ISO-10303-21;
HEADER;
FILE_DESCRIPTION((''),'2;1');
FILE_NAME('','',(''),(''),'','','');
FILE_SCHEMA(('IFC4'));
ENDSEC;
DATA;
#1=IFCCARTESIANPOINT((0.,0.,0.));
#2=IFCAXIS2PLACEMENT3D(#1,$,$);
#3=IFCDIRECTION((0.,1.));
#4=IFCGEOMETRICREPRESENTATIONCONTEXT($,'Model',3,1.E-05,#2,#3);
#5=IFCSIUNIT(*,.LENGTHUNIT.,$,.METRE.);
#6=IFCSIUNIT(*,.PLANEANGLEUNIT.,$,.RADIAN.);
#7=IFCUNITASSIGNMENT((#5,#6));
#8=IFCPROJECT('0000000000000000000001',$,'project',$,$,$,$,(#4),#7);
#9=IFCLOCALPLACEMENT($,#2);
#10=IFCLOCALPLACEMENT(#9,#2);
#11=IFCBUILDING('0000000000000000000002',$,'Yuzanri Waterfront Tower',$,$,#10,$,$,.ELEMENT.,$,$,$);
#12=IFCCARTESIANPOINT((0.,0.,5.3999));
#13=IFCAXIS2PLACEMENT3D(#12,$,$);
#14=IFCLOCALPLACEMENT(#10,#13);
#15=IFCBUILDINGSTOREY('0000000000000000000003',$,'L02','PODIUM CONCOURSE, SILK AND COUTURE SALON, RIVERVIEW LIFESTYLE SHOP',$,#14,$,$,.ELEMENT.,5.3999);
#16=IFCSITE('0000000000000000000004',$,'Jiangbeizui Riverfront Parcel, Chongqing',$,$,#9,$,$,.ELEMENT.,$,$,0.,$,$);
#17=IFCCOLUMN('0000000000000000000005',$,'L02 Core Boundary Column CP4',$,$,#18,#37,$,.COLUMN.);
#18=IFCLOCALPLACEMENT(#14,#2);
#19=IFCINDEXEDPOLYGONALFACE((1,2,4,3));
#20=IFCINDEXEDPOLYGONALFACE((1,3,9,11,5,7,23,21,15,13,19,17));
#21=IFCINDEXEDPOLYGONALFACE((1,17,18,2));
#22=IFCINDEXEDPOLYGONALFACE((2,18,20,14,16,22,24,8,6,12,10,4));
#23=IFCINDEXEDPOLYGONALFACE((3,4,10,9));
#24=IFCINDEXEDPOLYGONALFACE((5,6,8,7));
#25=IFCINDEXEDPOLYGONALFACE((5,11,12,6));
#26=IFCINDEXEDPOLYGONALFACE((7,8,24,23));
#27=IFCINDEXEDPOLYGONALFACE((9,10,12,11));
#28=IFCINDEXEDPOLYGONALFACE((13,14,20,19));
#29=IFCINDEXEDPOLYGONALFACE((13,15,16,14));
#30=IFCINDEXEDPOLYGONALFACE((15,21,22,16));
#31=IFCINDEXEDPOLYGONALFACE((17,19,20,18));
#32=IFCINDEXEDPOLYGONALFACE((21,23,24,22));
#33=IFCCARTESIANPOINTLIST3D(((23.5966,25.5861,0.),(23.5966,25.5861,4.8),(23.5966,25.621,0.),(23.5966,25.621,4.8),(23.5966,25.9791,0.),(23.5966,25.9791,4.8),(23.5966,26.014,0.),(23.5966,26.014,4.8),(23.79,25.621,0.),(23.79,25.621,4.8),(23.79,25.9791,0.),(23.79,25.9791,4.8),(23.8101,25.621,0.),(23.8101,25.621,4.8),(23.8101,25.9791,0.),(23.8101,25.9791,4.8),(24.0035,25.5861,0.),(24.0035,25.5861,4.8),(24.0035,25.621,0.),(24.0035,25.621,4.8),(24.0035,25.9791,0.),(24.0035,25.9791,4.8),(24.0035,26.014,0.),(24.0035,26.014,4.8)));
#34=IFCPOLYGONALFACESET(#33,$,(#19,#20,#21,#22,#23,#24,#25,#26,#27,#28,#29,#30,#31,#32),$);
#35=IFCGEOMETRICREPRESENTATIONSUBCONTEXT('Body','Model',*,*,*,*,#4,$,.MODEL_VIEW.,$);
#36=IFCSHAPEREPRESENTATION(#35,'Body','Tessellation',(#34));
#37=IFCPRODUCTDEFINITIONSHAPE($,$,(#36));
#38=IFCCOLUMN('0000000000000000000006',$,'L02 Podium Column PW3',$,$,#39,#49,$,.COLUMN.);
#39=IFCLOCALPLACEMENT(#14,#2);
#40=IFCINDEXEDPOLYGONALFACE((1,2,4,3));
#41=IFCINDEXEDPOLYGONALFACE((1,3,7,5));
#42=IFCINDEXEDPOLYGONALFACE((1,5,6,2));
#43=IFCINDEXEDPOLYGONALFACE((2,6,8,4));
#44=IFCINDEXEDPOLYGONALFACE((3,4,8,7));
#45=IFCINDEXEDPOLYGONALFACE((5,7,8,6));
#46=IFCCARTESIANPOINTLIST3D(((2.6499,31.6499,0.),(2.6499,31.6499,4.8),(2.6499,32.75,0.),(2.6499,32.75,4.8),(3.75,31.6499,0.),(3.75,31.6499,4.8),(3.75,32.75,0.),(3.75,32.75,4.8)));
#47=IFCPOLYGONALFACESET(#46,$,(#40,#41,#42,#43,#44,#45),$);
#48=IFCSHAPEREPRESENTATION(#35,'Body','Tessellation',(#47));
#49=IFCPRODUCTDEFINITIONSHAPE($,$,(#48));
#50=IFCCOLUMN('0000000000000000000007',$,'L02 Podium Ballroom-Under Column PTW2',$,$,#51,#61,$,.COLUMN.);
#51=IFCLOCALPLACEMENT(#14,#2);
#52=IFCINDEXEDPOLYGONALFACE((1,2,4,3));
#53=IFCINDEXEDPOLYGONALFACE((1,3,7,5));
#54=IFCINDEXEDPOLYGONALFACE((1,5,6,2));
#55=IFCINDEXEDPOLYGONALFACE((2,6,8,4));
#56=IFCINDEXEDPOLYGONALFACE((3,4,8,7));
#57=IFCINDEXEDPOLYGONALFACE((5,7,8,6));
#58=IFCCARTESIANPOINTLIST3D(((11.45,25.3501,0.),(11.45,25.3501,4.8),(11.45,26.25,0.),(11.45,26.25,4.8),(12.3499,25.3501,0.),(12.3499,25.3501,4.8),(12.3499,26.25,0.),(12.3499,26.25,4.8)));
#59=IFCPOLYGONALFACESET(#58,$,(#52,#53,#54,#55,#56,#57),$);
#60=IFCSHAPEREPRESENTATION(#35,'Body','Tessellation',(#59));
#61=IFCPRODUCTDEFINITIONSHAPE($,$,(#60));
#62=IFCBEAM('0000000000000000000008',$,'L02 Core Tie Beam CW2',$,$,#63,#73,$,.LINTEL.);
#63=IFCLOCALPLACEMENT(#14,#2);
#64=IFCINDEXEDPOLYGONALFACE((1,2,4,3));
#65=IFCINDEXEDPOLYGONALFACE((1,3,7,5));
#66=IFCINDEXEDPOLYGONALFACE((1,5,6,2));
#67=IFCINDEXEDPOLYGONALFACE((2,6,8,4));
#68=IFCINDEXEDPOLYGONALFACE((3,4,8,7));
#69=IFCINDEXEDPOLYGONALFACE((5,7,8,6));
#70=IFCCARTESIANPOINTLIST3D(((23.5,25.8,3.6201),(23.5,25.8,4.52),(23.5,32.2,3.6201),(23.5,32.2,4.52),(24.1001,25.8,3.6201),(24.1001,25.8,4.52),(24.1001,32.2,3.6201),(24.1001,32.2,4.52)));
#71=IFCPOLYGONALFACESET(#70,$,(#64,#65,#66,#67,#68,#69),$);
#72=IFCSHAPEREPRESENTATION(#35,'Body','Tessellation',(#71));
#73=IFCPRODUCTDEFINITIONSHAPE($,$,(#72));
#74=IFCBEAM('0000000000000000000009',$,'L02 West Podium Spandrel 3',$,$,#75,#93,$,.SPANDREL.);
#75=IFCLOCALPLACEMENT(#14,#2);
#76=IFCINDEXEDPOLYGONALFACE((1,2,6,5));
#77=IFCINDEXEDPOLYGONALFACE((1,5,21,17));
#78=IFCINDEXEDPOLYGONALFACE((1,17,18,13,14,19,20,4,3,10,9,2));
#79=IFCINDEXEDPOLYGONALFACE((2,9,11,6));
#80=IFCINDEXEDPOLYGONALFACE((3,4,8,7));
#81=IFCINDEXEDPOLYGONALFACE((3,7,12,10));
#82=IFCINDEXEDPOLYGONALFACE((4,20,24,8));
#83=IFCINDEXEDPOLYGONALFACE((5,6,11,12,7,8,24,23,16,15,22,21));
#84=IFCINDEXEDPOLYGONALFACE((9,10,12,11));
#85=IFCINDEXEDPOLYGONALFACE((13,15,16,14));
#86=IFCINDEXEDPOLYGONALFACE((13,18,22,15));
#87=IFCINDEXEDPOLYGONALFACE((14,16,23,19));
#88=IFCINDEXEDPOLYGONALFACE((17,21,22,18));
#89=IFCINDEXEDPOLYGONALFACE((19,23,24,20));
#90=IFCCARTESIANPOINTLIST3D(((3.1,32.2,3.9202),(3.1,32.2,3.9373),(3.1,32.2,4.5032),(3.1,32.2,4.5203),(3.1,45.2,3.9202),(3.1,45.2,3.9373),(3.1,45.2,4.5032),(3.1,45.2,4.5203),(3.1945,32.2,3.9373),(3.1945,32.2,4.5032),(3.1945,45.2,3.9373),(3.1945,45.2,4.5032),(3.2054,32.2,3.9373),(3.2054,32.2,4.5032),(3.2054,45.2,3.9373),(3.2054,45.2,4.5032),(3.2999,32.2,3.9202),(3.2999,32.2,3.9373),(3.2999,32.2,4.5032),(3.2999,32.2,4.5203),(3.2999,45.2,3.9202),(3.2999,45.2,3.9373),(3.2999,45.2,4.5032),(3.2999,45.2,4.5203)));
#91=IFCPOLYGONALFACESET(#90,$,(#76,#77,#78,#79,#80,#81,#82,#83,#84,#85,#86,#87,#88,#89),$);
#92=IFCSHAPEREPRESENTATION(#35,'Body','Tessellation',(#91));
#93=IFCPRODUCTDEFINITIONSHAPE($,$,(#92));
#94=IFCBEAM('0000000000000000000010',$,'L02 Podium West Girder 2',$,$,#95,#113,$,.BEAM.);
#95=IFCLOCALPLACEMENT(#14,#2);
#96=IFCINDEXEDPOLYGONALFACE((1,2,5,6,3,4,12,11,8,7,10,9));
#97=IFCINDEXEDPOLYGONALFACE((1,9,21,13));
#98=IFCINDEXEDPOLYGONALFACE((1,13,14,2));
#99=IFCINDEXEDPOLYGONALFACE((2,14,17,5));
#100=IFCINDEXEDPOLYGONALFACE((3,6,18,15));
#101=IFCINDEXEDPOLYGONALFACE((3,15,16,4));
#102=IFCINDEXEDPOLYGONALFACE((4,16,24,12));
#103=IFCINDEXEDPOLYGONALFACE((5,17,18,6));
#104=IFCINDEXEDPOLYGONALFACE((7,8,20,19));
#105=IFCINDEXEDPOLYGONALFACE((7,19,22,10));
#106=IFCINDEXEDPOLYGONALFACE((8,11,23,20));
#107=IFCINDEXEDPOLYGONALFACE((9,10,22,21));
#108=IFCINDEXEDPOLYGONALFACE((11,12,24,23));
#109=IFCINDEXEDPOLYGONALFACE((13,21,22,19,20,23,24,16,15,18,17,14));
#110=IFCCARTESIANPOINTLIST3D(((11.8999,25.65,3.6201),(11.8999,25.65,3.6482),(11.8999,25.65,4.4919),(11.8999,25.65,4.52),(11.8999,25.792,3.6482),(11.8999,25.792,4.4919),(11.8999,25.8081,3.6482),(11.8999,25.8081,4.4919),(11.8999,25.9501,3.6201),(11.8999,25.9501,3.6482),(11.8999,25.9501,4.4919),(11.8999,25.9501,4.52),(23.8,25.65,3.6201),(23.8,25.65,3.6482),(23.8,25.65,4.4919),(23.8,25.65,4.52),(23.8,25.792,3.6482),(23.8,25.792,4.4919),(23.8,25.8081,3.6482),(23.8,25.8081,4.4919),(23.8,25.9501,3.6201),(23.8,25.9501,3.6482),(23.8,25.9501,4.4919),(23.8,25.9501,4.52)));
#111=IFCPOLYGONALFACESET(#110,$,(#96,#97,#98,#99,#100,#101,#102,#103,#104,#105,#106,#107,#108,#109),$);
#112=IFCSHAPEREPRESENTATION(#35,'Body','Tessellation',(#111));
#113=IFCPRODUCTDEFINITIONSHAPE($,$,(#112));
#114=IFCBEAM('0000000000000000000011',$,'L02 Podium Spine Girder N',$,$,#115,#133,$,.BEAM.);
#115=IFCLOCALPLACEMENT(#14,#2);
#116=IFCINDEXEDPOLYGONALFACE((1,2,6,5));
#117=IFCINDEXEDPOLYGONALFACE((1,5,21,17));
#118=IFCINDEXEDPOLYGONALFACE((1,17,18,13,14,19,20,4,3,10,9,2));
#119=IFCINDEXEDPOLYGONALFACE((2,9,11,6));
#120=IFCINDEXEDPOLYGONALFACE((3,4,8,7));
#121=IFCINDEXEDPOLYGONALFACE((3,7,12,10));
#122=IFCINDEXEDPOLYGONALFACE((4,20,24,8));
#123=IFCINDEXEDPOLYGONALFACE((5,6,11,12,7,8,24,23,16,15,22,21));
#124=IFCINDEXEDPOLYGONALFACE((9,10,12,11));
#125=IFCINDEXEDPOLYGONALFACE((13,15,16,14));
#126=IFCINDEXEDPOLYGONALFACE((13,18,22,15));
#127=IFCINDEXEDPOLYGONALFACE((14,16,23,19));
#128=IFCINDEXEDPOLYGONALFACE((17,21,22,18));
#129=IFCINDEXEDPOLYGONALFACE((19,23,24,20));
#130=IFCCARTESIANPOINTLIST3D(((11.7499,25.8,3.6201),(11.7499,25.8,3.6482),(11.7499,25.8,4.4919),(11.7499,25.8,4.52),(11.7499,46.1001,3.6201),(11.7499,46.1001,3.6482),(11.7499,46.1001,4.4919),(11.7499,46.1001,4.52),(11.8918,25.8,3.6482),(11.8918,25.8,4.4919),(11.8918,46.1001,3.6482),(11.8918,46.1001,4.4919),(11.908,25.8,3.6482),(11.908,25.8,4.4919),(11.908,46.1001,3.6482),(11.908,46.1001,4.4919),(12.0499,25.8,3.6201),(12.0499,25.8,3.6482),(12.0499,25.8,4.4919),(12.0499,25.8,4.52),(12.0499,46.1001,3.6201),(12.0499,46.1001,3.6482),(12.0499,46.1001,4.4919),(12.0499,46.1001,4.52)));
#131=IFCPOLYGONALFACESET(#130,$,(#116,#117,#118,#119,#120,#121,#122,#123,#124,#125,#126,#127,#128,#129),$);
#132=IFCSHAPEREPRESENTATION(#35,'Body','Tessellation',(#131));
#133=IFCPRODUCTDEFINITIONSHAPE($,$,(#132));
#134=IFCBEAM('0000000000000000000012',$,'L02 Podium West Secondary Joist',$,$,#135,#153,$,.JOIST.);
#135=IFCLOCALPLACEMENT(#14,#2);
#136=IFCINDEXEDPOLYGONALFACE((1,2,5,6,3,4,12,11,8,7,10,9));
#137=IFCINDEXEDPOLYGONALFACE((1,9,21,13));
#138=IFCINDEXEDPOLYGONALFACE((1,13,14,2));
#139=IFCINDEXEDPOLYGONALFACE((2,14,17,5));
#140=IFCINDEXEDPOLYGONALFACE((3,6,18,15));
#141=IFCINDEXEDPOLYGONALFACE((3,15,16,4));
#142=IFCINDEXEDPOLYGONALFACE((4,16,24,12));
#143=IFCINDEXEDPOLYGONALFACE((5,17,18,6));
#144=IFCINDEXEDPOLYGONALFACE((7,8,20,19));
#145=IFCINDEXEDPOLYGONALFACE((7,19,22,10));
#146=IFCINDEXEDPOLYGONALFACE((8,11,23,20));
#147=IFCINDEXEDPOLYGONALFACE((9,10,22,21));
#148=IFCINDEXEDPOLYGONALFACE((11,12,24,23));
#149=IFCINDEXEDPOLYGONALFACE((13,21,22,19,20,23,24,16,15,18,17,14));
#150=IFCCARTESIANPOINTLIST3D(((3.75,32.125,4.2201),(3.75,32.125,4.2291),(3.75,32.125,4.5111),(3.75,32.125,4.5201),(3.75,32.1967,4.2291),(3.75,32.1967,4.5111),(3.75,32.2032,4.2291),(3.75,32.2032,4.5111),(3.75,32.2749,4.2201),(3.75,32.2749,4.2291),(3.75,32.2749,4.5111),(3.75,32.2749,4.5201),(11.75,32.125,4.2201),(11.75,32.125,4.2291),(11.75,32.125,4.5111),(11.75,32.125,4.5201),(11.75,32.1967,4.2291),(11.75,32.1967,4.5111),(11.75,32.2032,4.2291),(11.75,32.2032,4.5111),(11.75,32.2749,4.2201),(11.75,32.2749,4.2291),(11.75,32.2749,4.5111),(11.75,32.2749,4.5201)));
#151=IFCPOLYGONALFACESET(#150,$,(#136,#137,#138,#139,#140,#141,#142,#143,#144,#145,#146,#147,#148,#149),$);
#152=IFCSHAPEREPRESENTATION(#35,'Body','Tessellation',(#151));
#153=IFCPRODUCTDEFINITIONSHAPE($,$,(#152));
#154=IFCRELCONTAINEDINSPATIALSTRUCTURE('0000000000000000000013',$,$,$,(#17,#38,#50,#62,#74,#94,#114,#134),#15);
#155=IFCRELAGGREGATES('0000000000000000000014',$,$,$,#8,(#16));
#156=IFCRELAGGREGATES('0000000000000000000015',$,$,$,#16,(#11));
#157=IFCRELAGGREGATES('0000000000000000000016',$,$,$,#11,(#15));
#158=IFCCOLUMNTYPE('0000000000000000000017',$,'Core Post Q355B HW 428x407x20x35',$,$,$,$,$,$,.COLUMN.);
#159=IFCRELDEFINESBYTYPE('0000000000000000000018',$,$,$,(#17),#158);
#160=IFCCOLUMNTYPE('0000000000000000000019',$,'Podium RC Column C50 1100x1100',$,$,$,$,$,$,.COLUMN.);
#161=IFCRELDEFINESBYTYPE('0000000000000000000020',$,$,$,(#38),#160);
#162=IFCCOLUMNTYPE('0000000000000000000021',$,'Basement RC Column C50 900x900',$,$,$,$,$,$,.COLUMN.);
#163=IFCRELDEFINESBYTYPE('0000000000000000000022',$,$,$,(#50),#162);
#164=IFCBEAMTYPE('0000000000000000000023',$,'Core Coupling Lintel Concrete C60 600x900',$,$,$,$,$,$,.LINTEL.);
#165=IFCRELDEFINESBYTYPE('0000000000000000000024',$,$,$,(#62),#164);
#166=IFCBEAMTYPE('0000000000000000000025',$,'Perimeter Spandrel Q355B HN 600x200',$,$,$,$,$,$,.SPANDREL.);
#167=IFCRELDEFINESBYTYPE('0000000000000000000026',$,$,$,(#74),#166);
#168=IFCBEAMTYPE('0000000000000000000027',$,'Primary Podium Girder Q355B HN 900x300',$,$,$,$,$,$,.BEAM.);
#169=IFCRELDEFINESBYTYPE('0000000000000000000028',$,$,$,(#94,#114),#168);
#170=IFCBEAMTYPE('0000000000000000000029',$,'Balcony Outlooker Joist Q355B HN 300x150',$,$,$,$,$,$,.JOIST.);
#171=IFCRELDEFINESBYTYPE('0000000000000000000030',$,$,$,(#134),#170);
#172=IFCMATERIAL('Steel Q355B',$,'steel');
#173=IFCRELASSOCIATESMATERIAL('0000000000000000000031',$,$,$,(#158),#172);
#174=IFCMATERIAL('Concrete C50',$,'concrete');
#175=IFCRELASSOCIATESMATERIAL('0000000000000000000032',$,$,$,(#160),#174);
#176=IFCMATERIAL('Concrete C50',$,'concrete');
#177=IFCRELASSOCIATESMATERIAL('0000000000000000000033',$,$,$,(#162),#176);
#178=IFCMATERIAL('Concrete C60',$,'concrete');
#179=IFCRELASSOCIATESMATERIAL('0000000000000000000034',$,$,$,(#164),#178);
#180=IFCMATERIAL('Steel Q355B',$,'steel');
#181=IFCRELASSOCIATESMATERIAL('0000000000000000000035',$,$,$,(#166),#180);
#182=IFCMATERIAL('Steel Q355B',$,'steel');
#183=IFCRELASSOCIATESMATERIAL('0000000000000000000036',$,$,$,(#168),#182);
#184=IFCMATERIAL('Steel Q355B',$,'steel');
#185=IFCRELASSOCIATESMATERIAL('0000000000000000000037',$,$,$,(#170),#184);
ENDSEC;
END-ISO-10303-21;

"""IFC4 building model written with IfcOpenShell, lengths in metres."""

from ifc_helpers import new_model, si_unit, direction, frame, origin, origin_2d, place, context, subcontext, project, spatial, rectangle, i_section, extrude, source, transform, mapped, material, material_profile, profile_set, type_object, element, save


model = new_model("IFC4")

# Units and contexts
model_context = context("Model", 3, precision=1e-05, world=origin(), true_north=direction((0.0, 1.0)))
body_context = subcontext(model_context, "Body", "Model", "MODEL_VIEW")
ifc_project = project(units=[si_unit("LENGTHUNIT", "METRE"), si_unit("PLANEANGLEUNIT", "RADIAN")], contexts=[model_context])

# Site, building, storey
site_placement = place(None, origin())
site = spatial("IfcSite", under=ifc_project, at=site_placement, Name="Jiangbeizui Riverfront Parcel, Chongqing", CompositionType="ELEMENT", RefElevation=0.0)
building_placement = place(site_placement, origin())
building = spatial("IfcBuilding", under=site, at=building_placement, Name="Yuzanri Waterfront Tower", CompositionType="ELEMENT")
storey_placement = place(building_placement, frame((0.0, 0.0, 5.3999)))
storey = spatial("IfcBuildingStorey", under=building, at=storey_placement, Name="L02", Description="PODIUM CONCOURSE, SILK AND COUTURE SALON, RIVERVIEW LIFESTYLE SHOP", CompositionType="ELEMENT", Elevation=5.3999)

# Columns
ifc_material_1 = material(Name="Steel Q355B", Category="steel")
ifc_material_profile_1 = material_profile(ifc_material_1, i_section(OverallWidth=0.407, OverallDepth=0.428, WebThickness=0.02, FlangeThickness=0.0349, at=origin_2d()), Name="HW 428x407x20x35")
ifc_profile_set_1 = profile_set([ifc_material_profile_1], Name="Steel Q355B")
column_type_1 = type_object("IfcColumnType", Name="Core Post Q355B HW 428x407x20x35", PredefinedType="COLUMN", material=ifc_profile_set_1)
shared_shape_1 = source(origin(), body_context, "Body", "SweptSolid", [
    extrude(i_section(OverallWidth=0.407, OverallDepth=0.428, WebThickness=0.02, FlangeThickness=0.0349, at=origin_2d()), origin(), (0.0, 0.0, 1.0), 4.8),
])
column_1_placement = place(storey_placement, frame((23.8, 25.8, 0.0), z_axis=(0.0, 0.0, 1.0), x_axis=(1.0, 0.0, 0.0)))
element("IfcColumn", 1, at=column_1_placement, inside=storey, type_object=column_type_1, Name="L02 Core Boundary Column CP4", PredefinedType="COLUMN", context=body_context, shape_type="MappedRepresentation", body=[
    mapped(shared_shape_1, transform((0.0, 0.0, 0.0), scale=1.0)),
])
ifc_material_2 = material(Name="Concrete C50", Category="concrete")
ifc_material_profile_2 = material_profile(ifc_material_2, rectangle(XDim=1.1001, YDim=1.1001, at=origin_2d()), Name="RC 1100x1100")
ifc_profile_set_2 = profile_set([ifc_material_profile_2], Name="Concrete C50")
column_type_2 = type_object("IfcColumnType", Name="Podium RC Column C50 1100x1100", PredefinedType="COLUMN", material=ifc_profile_set_2)
shared_shape_2 = source(origin(), body_context, "Body", "SweptSolid", [
    extrude(rectangle(XDim=1.1001, YDim=1.1001, at=origin_2d()), origin(), (0.0, 0.0, 1.0), 4.8),
])
column_2_placement = place(storey_placement, frame((3.2, 32.2, 0.0), z_axis=(0.0, 0.0, 1.0), x_axis=(1.0, 0.0, 0.0)))
element("IfcColumn", 2, at=column_2_placement, inside=storey, type_object=column_type_2, Name="L02 Podium Column PW3", PredefinedType="COLUMN", context=body_context, shape_type="MappedRepresentation", body=[
    mapped(shared_shape_2, transform((0.0, 0.0, 0.0), scale=1.0)),
])
ifc_material_3 = material(Name="Concrete C50", Category="concrete")
ifc_material_profile_3 = material_profile(ifc_material_3, rectangle(XDim=0.8999, YDim=0.8999, at=origin_2d()), Name="RC 900x900")
ifc_profile_set_3 = profile_set([ifc_material_profile_3], Name="Concrete C50")
column_type_3 = type_object("IfcColumnType", Name="Basement RC Column C50 900x900", PredefinedType="COLUMN", material=ifc_profile_set_3)
shared_shape_3 = source(origin(), body_context, "Body", "SweptSolid", [
    extrude(rectangle(XDim=0.8999, YDim=0.8999, at=origin_2d()), origin(), (0.0, 0.0, 1.0), 4.8),
])
column_3_placement = place(storey_placement, frame((11.8999, 25.8, 0.0), z_axis=(0.0, 0.0, 1.0), x_axis=(1.0, 0.0, 0.0)))
element("IfcColumn", 3, at=column_3_placement, inside=storey, type_object=column_type_3, Name="L02 Podium Ballroom-Under Column PTW2", PredefinedType="COLUMN", context=body_context, shape_type="MappedRepresentation", body=[
    mapped(shared_shape_3, transform((0.0, 0.0, 0.0), scale=1.0)),
])

# Beams
ifc_material_4 = material(Name="Concrete C60", Category="concrete")
ifc_material_profile_4 = material_profile(ifc_material_4, rectangle(XDim=0.6001, YDim=0.8999, at=origin_2d()), Name="RC 600x900")
ifc_profile_set_4 = profile_set([ifc_material_profile_4], Name="Concrete C60")
beam_type_1 = type_object("IfcBeamType", Name="Core Coupling Lintel Concrete C60 600x900", PredefinedType="LINTEL", material=ifc_profile_set_4)
shared_shape_4 = source(origin(), body_context, "Body", "SweptSolid", [
    extrude(rectangle(XDim=0.6001, YDim=0.8999, at=origin_2d()), origin(), (0.0, 0.0, 1.0), 6.3999),
])
beam_1_placement = place(storey_placement, frame((23.8, 25.8, 4.0701), z_axis=(0.0, 1.0, 0.0), x_axis=(-1.0, 0.0, 0.0)))
element("IfcBeam", 4, at=beam_1_placement, inside=storey, type_object=beam_type_1, Name="L02 Core Tie Beam CW2", PredefinedType="LINTEL", context=body_context, shape_type="MappedRepresentation", body=[
    mapped(shared_shape_4, transform((0.0, 0.0, 0.0), scale=1.0)),
])
ifc_material_5 = material(Name="Steel Q355B", Category="steel")
ifc_material_profile_5 = material_profile(ifc_material_5, i_section(OverallWidth=0.2, OverallDepth=0.6001, WebThickness=0.011, FlangeThickness=0.0171, at=origin_2d()), Name="HN 600x200x11x17")
ifc_profile_set_5 = profile_set([ifc_material_profile_5], Name="Steel Q355B")
beam_type_2 = type_object("IfcBeamType", Name="Perimeter Spandrel Q355B HN 600x200", PredefinedType="SPANDREL", material=ifc_profile_set_5)
shared_shape_5 = source(origin(), body_context, "Body", "SweptSolid", [
    extrude(i_section(OverallWidth=0.2, OverallDepth=0.6001, WebThickness=0.011, FlangeThickness=0.0171, at=origin_2d()), origin(), (0.0, 0.0, 1.0), 13.0),
])
beam_2_placement = place(storey_placement, frame((3.2, 32.2, 4.2202), z_axis=(0.0, 1.0, 0.0), x_axis=(-1.0, 0.0, 0.0)))
element("IfcBeam", 5, at=beam_2_placement, inside=storey, type_object=beam_type_2, Name="L02 West Podium Spandrel 3", PredefinedType="SPANDREL", context=body_context, shape_type="MappedRepresentation", body=[
    mapped(shared_shape_5, transform((0.0, 0.0, 0.0), scale=1.0)),
])
ifc_material_6 = material(Name="Steel Q355B", Category="steel")
ifc_material_profile_6 = material_profile(ifc_material_6, i_section(OverallWidth=0.3, OverallDepth=0.8999, WebThickness=0.0161, FlangeThickness=0.0281, at=origin_2d()), Name="HN 900x300x16x28")
ifc_profile_set_6 = profile_set([ifc_material_profile_6], Name="Steel Q355B")
beam_type_3 = type_object("IfcBeamType", Name="Primary Podium Girder Q355B HN 900x300", PredefinedType="BEAM", material=ifc_profile_set_6)
shared_shape_6 = source(origin(), body_context, "Body", "SweptSolid", [
    extrude(i_section(OverallWidth=0.3, OverallDepth=0.8999, WebThickness=0.0161, FlangeThickness=0.0281, at=origin_2d()), origin(), (0.0, 0.0, 1.0), 11.9001),
])
beam_3_placement = place(storey_placement, frame((11.8999, 25.8, 4.0701), z_axis=(1.0, 0.0, 0.0), x_axis=(0.0, 1.0, 0.0)))
element("IfcBeam", 6, at=beam_3_placement, inside=storey, type_object=beam_type_3, Name="L02 Podium West Girder 2", PredefinedType="BEAM", context=body_context, shape_type="MappedRepresentation", body=[
    mapped(shared_shape_6, transform((0.0, 0.0, 0.0), scale=1.0)),
])
shared_shape_7 = source(origin(), body_context, "Body", "SweptSolid", [
    extrude(i_section(OverallWidth=0.3, OverallDepth=0.8999, WebThickness=0.0161, FlangeThickness=0.0281, at=origin_2d()), origin(), (0.0, 0.0, 1.0), 20.3),
])
beam_4_placement = place(storey_placement, frame((11.8999, 25.8, 4.0701), z_axis=(0.0, 1.0, 0.0), x_axis=(-1.0, 0.0, 0.0)))
element("IfcBeam", 7, at=beam_4_placement, inside=storey, type_object=beam_type_3, Name="L02 Podium Spine Girder N", PredefinedType="BEAM", context=body_context, shape_type="MappedRepresentation", body=[
    mapped(shared_shape_7, transform((0.0, 0.0, 0.0), scale=1.0)),
])
ifc_material_7 = material(Name="Steel Q355B", Category="steel")
ifc_material_profile_7 = material_profile(ifc_material_7, i_section(OverallWidth=0.1499, OverallDepth=0.3, WebThickness=0.0066, FlangeThickness=0.009, at=origin_2d()), Name="HN 300x150x6.5x9")
ifc_profile_set_7 = profile_set([ifc_material_profile_7], Name="Steel Q355B")
beam_type_4 = type_object("IfcBeamType", Name="Balcony Outlooker Joist Q355B HN 300x150", PredefinedType="JOIST", material=ifc_profile_set_7)
shared_shape_8 = source(origin(), body_context, "Body", "SweptSolid", [
    extrude(i_section(OverallWidth=0.1499, OverallDepth=0.3, WebThickness=0.0066, FlangeThickness=0.009, at=origin_2d()), origin(), (0.0, 0.0, 1.0), 8.0),
])
beam_5_placement = place(storey_placement, frame((3.75, 32.2, 4.3701), z_axis=(1.0, 0.0, 0.0), x_axis=(0.0, 1.0, 0.0)))
element("IfcBeam", 8, at=beam_5_placement, inside=storey, type_object=beam_type_4, Name="L02 Podium West Secondary Joist", PredefinedType="JOIST", context=body_context, shape_type="MappedRepresentation", body=[
    mapped(shared_shape_8, transform((0.0, 0.0, 0.0), scale=1.0)),
])

save(model, "model.ifc")
